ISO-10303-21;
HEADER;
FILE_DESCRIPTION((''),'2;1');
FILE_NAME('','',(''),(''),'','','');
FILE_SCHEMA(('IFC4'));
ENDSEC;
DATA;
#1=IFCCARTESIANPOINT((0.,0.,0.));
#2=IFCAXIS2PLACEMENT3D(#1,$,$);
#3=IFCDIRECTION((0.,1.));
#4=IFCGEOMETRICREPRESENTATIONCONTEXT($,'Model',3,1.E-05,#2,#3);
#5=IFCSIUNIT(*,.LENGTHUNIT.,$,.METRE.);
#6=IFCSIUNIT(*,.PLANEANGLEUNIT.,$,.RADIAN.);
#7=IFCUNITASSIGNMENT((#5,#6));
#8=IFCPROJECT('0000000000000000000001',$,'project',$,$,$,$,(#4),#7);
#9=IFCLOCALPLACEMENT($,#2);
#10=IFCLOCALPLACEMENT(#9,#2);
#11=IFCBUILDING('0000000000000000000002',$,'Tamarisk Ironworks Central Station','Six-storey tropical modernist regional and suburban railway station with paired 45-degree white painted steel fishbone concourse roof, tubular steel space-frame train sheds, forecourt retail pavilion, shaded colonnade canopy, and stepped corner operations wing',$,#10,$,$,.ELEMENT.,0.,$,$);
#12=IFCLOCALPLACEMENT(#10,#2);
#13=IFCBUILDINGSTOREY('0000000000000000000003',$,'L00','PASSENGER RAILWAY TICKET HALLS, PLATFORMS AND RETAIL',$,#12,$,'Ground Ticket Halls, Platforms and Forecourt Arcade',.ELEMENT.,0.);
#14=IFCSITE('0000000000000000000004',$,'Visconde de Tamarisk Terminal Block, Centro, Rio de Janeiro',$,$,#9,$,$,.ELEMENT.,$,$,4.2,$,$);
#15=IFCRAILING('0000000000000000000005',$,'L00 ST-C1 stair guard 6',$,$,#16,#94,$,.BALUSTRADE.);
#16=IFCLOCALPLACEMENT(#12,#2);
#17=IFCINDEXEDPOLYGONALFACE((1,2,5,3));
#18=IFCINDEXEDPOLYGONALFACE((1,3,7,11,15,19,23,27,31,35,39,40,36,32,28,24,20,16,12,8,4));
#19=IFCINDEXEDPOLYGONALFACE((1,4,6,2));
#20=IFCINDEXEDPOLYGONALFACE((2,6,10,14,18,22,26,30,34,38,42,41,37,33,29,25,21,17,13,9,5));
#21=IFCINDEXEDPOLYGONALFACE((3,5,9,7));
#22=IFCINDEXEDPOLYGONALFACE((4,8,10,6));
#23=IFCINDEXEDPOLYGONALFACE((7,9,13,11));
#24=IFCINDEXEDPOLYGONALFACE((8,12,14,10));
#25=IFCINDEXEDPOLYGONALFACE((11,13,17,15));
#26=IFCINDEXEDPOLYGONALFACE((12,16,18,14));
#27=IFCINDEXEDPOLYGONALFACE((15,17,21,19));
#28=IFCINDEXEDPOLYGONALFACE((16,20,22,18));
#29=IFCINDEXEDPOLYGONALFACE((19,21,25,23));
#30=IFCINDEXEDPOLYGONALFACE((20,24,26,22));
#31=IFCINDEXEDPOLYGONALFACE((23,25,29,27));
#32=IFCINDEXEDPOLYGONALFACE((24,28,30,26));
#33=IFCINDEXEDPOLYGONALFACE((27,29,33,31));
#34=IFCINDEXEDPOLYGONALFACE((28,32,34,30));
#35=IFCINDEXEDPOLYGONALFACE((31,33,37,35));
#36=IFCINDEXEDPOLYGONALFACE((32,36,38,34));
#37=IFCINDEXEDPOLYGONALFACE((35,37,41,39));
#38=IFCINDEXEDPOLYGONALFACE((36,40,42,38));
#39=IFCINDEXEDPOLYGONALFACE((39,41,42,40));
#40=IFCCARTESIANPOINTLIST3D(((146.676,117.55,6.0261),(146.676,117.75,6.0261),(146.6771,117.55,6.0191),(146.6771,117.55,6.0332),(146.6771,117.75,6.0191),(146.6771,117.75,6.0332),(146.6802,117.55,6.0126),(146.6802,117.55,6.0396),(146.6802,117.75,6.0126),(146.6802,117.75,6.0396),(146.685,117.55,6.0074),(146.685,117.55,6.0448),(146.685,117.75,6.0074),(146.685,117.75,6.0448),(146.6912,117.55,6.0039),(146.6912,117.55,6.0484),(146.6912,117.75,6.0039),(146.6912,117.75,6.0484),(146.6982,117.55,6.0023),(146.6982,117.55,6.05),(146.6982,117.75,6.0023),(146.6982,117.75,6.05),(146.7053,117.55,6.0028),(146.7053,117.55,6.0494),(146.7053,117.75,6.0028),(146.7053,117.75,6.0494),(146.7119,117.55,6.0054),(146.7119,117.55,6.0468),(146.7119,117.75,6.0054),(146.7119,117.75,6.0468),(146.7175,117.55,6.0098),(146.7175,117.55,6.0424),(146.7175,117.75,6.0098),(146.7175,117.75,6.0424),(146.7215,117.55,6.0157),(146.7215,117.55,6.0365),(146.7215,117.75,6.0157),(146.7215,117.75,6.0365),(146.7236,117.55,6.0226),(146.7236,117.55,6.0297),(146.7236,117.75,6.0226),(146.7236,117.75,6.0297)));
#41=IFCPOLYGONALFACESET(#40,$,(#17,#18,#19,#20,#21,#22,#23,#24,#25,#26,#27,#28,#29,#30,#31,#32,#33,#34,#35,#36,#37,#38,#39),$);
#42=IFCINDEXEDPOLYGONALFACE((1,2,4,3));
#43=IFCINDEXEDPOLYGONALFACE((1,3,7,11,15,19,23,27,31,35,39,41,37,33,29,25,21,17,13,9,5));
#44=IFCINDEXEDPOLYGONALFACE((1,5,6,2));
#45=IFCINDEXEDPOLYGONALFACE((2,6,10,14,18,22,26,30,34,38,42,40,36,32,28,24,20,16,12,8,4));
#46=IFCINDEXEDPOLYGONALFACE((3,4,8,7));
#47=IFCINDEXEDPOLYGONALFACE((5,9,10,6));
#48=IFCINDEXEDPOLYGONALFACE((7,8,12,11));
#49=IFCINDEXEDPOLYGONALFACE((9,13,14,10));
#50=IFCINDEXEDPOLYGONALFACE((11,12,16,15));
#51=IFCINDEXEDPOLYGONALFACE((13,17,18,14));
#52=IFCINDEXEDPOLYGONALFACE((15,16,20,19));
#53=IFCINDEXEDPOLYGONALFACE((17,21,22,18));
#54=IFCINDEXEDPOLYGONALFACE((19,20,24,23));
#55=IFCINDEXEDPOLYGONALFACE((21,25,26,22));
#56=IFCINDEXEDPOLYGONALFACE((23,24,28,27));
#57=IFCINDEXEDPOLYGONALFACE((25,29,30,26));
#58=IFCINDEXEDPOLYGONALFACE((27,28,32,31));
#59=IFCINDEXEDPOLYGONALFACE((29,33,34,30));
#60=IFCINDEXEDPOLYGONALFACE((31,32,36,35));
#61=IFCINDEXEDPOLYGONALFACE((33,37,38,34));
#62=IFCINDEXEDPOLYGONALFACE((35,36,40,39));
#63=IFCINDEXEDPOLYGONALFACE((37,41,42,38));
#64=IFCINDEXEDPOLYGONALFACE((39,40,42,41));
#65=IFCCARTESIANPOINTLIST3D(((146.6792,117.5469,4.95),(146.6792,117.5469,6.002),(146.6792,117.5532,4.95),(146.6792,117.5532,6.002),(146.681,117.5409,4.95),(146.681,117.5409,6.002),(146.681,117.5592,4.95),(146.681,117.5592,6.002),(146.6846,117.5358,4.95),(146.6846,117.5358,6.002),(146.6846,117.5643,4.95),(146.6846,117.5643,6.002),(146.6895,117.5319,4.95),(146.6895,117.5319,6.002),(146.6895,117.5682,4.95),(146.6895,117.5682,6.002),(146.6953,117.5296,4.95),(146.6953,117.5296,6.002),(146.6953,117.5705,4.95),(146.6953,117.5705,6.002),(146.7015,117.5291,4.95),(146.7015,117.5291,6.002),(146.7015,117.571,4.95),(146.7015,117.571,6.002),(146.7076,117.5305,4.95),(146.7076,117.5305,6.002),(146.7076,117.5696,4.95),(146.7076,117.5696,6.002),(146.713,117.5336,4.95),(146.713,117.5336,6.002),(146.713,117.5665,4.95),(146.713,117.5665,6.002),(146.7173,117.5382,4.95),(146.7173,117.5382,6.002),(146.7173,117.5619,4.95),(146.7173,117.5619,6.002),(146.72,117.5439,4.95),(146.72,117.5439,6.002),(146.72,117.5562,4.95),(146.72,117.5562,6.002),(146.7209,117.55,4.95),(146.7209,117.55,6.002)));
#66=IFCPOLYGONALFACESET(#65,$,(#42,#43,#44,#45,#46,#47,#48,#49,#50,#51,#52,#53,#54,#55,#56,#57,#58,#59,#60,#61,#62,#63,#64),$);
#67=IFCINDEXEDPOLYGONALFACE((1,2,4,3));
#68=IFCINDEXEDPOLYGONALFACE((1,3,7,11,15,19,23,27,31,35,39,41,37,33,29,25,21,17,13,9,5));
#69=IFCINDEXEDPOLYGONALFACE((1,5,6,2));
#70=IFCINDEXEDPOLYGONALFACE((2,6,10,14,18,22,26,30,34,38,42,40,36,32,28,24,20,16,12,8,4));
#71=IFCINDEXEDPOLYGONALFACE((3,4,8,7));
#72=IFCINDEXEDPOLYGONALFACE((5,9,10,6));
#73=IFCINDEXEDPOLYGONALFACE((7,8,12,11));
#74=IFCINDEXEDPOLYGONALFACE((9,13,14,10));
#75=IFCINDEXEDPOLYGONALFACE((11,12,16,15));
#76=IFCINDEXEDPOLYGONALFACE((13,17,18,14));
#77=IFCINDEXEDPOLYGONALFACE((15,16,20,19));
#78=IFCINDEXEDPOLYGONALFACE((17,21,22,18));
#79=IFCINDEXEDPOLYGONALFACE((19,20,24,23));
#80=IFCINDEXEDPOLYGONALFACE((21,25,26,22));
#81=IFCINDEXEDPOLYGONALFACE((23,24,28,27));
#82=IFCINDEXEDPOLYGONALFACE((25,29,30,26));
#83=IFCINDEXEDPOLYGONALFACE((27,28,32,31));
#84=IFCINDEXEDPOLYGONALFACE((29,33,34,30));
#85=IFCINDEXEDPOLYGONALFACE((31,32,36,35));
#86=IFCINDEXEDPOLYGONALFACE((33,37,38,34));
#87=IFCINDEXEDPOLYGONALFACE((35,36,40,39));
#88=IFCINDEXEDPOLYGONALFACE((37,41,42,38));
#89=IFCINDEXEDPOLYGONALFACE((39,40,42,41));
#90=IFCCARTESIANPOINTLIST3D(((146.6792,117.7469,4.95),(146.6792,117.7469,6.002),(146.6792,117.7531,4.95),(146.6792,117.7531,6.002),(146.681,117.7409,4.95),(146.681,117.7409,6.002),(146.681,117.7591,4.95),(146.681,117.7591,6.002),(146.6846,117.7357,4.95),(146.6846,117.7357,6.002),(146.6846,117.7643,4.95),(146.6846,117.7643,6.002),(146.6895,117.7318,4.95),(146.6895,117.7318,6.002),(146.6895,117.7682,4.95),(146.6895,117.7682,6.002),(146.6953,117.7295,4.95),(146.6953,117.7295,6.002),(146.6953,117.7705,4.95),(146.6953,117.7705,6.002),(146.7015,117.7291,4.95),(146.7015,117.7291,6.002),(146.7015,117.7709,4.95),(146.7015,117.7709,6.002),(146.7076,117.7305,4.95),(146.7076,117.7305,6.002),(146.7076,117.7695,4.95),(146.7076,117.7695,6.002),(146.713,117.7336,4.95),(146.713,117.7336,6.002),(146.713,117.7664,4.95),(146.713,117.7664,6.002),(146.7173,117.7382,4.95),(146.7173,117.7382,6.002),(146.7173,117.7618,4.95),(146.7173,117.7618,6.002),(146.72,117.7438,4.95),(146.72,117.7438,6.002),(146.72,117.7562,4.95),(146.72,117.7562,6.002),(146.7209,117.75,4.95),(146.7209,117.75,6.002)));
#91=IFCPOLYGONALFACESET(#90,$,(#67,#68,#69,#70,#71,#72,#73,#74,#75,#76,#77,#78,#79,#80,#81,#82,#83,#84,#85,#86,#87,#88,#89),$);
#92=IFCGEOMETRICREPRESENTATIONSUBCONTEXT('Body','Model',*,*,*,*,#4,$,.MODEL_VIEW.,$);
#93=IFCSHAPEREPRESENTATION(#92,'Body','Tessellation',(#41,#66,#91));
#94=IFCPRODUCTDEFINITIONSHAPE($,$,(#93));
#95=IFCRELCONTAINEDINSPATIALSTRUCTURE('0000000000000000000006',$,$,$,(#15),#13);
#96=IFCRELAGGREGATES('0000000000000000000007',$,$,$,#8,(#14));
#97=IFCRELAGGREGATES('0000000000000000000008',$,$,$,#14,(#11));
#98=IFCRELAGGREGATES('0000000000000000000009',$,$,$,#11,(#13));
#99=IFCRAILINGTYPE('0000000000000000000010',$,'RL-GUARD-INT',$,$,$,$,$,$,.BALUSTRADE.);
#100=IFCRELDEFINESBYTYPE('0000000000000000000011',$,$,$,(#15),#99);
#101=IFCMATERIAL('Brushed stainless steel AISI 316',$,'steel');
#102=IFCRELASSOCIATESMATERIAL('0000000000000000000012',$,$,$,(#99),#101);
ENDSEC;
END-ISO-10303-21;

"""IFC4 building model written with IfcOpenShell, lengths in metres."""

from ifc_helpers import new_model, si_unit, direction, frame, origin, origin_2d, place, context, subcontext, project, spatial, circle, extrude, material, type_object, element, save


model = new_model("IFC4")

# Units and contexts
model_context = context("Model", 3, precision=1e-05, world=origin(), true_north=direction((0.0, 1.0)))
body_context = subcontext(model_context, "Body", "Model", "MODEL_VIEW")
ifc_project = project(units=[si_unit("LENGTHUNIT", "METRE"), si_unit("PLANEANGLEUNIT", "RADIAN")], contexts=[model_context])

# Site, building, storey
site_placement = place(None, origin())
site = spatial("IfcSite", under=ifc_project, at=site_placement, Name="Visconde de Tamarisk Terminal Block, Centro, Rio de Janeiro", CompositionType="ELEMENT", RefElevation=4.2)
building_placement = place(site_placement, origin())
building = spatial("IfcBuilding", under=site, at=building_placement, Name="Tamarisk Ironworks Central Station", Description="Six-storey tropical modernist regional and suburban railway station with paired 45-degree white painted steel fishbone concourse roof, tubular steel space-frame train sheds, forecourt retail pavilion, shaded colonnade canopy, and stepped corner operations wing", CompositionType="ELEMENT", ElevationOfRefHeight=0.0)
storey_placement = place(building_placement, origin())
storey = spatial("IfcBuildingStorey", under=building, at=storey_placement, Name="L00", Description="PASSENGER RAILWAY TICKET HALLS, PLATFORMS AND RETAIL", LongName="Ground Ticket Halls, Platforms and Forecourt Arcade", CompositionType="ELEMENT", Elevation=0.0)

# Railing
ifc_material_1 = material(Name="Brushed stainless steel AISI 316", Category="steel")
railing_type_1 = type_object("IfcRailingType", Name="RL-GUARD-INT", PredefinedType="BALUSTRADE", material=ifc_material_1)
railing_1_placement = place(storey_placement, frame((146.7, 117.55, 4.95)))
element("IfcRailing", 1, at=railing_1_placement, inside=storey, type_object=railing_type_1, Name="L00 ST-C1 stair guard 6", PredefinedType="BALUSTRADE", context=body_context, shape_type="SweptSolid", body=[
    extrude(circle(Radius=0.0239, at=origin_2d()), frame((0.0, 0.0, 1.0762), z_axis=(0.0, 1.0, 0.0), x_axis=(-1.0, 0.0, 0.0)), (0.0, 0.0, 1.0), 0.2),
    extrude(circle(Radius=0.021, at=origin_2d()), origin(), (0.0, 0.0, 1.0), 1.052),
    extrude(circle(Radius=0.021, at=origin_2d()), frame((0.0, 0.2, 0.0)), (0.0, 0.0, 1.0), 1.052),
])

save(model, "model.ifc")
